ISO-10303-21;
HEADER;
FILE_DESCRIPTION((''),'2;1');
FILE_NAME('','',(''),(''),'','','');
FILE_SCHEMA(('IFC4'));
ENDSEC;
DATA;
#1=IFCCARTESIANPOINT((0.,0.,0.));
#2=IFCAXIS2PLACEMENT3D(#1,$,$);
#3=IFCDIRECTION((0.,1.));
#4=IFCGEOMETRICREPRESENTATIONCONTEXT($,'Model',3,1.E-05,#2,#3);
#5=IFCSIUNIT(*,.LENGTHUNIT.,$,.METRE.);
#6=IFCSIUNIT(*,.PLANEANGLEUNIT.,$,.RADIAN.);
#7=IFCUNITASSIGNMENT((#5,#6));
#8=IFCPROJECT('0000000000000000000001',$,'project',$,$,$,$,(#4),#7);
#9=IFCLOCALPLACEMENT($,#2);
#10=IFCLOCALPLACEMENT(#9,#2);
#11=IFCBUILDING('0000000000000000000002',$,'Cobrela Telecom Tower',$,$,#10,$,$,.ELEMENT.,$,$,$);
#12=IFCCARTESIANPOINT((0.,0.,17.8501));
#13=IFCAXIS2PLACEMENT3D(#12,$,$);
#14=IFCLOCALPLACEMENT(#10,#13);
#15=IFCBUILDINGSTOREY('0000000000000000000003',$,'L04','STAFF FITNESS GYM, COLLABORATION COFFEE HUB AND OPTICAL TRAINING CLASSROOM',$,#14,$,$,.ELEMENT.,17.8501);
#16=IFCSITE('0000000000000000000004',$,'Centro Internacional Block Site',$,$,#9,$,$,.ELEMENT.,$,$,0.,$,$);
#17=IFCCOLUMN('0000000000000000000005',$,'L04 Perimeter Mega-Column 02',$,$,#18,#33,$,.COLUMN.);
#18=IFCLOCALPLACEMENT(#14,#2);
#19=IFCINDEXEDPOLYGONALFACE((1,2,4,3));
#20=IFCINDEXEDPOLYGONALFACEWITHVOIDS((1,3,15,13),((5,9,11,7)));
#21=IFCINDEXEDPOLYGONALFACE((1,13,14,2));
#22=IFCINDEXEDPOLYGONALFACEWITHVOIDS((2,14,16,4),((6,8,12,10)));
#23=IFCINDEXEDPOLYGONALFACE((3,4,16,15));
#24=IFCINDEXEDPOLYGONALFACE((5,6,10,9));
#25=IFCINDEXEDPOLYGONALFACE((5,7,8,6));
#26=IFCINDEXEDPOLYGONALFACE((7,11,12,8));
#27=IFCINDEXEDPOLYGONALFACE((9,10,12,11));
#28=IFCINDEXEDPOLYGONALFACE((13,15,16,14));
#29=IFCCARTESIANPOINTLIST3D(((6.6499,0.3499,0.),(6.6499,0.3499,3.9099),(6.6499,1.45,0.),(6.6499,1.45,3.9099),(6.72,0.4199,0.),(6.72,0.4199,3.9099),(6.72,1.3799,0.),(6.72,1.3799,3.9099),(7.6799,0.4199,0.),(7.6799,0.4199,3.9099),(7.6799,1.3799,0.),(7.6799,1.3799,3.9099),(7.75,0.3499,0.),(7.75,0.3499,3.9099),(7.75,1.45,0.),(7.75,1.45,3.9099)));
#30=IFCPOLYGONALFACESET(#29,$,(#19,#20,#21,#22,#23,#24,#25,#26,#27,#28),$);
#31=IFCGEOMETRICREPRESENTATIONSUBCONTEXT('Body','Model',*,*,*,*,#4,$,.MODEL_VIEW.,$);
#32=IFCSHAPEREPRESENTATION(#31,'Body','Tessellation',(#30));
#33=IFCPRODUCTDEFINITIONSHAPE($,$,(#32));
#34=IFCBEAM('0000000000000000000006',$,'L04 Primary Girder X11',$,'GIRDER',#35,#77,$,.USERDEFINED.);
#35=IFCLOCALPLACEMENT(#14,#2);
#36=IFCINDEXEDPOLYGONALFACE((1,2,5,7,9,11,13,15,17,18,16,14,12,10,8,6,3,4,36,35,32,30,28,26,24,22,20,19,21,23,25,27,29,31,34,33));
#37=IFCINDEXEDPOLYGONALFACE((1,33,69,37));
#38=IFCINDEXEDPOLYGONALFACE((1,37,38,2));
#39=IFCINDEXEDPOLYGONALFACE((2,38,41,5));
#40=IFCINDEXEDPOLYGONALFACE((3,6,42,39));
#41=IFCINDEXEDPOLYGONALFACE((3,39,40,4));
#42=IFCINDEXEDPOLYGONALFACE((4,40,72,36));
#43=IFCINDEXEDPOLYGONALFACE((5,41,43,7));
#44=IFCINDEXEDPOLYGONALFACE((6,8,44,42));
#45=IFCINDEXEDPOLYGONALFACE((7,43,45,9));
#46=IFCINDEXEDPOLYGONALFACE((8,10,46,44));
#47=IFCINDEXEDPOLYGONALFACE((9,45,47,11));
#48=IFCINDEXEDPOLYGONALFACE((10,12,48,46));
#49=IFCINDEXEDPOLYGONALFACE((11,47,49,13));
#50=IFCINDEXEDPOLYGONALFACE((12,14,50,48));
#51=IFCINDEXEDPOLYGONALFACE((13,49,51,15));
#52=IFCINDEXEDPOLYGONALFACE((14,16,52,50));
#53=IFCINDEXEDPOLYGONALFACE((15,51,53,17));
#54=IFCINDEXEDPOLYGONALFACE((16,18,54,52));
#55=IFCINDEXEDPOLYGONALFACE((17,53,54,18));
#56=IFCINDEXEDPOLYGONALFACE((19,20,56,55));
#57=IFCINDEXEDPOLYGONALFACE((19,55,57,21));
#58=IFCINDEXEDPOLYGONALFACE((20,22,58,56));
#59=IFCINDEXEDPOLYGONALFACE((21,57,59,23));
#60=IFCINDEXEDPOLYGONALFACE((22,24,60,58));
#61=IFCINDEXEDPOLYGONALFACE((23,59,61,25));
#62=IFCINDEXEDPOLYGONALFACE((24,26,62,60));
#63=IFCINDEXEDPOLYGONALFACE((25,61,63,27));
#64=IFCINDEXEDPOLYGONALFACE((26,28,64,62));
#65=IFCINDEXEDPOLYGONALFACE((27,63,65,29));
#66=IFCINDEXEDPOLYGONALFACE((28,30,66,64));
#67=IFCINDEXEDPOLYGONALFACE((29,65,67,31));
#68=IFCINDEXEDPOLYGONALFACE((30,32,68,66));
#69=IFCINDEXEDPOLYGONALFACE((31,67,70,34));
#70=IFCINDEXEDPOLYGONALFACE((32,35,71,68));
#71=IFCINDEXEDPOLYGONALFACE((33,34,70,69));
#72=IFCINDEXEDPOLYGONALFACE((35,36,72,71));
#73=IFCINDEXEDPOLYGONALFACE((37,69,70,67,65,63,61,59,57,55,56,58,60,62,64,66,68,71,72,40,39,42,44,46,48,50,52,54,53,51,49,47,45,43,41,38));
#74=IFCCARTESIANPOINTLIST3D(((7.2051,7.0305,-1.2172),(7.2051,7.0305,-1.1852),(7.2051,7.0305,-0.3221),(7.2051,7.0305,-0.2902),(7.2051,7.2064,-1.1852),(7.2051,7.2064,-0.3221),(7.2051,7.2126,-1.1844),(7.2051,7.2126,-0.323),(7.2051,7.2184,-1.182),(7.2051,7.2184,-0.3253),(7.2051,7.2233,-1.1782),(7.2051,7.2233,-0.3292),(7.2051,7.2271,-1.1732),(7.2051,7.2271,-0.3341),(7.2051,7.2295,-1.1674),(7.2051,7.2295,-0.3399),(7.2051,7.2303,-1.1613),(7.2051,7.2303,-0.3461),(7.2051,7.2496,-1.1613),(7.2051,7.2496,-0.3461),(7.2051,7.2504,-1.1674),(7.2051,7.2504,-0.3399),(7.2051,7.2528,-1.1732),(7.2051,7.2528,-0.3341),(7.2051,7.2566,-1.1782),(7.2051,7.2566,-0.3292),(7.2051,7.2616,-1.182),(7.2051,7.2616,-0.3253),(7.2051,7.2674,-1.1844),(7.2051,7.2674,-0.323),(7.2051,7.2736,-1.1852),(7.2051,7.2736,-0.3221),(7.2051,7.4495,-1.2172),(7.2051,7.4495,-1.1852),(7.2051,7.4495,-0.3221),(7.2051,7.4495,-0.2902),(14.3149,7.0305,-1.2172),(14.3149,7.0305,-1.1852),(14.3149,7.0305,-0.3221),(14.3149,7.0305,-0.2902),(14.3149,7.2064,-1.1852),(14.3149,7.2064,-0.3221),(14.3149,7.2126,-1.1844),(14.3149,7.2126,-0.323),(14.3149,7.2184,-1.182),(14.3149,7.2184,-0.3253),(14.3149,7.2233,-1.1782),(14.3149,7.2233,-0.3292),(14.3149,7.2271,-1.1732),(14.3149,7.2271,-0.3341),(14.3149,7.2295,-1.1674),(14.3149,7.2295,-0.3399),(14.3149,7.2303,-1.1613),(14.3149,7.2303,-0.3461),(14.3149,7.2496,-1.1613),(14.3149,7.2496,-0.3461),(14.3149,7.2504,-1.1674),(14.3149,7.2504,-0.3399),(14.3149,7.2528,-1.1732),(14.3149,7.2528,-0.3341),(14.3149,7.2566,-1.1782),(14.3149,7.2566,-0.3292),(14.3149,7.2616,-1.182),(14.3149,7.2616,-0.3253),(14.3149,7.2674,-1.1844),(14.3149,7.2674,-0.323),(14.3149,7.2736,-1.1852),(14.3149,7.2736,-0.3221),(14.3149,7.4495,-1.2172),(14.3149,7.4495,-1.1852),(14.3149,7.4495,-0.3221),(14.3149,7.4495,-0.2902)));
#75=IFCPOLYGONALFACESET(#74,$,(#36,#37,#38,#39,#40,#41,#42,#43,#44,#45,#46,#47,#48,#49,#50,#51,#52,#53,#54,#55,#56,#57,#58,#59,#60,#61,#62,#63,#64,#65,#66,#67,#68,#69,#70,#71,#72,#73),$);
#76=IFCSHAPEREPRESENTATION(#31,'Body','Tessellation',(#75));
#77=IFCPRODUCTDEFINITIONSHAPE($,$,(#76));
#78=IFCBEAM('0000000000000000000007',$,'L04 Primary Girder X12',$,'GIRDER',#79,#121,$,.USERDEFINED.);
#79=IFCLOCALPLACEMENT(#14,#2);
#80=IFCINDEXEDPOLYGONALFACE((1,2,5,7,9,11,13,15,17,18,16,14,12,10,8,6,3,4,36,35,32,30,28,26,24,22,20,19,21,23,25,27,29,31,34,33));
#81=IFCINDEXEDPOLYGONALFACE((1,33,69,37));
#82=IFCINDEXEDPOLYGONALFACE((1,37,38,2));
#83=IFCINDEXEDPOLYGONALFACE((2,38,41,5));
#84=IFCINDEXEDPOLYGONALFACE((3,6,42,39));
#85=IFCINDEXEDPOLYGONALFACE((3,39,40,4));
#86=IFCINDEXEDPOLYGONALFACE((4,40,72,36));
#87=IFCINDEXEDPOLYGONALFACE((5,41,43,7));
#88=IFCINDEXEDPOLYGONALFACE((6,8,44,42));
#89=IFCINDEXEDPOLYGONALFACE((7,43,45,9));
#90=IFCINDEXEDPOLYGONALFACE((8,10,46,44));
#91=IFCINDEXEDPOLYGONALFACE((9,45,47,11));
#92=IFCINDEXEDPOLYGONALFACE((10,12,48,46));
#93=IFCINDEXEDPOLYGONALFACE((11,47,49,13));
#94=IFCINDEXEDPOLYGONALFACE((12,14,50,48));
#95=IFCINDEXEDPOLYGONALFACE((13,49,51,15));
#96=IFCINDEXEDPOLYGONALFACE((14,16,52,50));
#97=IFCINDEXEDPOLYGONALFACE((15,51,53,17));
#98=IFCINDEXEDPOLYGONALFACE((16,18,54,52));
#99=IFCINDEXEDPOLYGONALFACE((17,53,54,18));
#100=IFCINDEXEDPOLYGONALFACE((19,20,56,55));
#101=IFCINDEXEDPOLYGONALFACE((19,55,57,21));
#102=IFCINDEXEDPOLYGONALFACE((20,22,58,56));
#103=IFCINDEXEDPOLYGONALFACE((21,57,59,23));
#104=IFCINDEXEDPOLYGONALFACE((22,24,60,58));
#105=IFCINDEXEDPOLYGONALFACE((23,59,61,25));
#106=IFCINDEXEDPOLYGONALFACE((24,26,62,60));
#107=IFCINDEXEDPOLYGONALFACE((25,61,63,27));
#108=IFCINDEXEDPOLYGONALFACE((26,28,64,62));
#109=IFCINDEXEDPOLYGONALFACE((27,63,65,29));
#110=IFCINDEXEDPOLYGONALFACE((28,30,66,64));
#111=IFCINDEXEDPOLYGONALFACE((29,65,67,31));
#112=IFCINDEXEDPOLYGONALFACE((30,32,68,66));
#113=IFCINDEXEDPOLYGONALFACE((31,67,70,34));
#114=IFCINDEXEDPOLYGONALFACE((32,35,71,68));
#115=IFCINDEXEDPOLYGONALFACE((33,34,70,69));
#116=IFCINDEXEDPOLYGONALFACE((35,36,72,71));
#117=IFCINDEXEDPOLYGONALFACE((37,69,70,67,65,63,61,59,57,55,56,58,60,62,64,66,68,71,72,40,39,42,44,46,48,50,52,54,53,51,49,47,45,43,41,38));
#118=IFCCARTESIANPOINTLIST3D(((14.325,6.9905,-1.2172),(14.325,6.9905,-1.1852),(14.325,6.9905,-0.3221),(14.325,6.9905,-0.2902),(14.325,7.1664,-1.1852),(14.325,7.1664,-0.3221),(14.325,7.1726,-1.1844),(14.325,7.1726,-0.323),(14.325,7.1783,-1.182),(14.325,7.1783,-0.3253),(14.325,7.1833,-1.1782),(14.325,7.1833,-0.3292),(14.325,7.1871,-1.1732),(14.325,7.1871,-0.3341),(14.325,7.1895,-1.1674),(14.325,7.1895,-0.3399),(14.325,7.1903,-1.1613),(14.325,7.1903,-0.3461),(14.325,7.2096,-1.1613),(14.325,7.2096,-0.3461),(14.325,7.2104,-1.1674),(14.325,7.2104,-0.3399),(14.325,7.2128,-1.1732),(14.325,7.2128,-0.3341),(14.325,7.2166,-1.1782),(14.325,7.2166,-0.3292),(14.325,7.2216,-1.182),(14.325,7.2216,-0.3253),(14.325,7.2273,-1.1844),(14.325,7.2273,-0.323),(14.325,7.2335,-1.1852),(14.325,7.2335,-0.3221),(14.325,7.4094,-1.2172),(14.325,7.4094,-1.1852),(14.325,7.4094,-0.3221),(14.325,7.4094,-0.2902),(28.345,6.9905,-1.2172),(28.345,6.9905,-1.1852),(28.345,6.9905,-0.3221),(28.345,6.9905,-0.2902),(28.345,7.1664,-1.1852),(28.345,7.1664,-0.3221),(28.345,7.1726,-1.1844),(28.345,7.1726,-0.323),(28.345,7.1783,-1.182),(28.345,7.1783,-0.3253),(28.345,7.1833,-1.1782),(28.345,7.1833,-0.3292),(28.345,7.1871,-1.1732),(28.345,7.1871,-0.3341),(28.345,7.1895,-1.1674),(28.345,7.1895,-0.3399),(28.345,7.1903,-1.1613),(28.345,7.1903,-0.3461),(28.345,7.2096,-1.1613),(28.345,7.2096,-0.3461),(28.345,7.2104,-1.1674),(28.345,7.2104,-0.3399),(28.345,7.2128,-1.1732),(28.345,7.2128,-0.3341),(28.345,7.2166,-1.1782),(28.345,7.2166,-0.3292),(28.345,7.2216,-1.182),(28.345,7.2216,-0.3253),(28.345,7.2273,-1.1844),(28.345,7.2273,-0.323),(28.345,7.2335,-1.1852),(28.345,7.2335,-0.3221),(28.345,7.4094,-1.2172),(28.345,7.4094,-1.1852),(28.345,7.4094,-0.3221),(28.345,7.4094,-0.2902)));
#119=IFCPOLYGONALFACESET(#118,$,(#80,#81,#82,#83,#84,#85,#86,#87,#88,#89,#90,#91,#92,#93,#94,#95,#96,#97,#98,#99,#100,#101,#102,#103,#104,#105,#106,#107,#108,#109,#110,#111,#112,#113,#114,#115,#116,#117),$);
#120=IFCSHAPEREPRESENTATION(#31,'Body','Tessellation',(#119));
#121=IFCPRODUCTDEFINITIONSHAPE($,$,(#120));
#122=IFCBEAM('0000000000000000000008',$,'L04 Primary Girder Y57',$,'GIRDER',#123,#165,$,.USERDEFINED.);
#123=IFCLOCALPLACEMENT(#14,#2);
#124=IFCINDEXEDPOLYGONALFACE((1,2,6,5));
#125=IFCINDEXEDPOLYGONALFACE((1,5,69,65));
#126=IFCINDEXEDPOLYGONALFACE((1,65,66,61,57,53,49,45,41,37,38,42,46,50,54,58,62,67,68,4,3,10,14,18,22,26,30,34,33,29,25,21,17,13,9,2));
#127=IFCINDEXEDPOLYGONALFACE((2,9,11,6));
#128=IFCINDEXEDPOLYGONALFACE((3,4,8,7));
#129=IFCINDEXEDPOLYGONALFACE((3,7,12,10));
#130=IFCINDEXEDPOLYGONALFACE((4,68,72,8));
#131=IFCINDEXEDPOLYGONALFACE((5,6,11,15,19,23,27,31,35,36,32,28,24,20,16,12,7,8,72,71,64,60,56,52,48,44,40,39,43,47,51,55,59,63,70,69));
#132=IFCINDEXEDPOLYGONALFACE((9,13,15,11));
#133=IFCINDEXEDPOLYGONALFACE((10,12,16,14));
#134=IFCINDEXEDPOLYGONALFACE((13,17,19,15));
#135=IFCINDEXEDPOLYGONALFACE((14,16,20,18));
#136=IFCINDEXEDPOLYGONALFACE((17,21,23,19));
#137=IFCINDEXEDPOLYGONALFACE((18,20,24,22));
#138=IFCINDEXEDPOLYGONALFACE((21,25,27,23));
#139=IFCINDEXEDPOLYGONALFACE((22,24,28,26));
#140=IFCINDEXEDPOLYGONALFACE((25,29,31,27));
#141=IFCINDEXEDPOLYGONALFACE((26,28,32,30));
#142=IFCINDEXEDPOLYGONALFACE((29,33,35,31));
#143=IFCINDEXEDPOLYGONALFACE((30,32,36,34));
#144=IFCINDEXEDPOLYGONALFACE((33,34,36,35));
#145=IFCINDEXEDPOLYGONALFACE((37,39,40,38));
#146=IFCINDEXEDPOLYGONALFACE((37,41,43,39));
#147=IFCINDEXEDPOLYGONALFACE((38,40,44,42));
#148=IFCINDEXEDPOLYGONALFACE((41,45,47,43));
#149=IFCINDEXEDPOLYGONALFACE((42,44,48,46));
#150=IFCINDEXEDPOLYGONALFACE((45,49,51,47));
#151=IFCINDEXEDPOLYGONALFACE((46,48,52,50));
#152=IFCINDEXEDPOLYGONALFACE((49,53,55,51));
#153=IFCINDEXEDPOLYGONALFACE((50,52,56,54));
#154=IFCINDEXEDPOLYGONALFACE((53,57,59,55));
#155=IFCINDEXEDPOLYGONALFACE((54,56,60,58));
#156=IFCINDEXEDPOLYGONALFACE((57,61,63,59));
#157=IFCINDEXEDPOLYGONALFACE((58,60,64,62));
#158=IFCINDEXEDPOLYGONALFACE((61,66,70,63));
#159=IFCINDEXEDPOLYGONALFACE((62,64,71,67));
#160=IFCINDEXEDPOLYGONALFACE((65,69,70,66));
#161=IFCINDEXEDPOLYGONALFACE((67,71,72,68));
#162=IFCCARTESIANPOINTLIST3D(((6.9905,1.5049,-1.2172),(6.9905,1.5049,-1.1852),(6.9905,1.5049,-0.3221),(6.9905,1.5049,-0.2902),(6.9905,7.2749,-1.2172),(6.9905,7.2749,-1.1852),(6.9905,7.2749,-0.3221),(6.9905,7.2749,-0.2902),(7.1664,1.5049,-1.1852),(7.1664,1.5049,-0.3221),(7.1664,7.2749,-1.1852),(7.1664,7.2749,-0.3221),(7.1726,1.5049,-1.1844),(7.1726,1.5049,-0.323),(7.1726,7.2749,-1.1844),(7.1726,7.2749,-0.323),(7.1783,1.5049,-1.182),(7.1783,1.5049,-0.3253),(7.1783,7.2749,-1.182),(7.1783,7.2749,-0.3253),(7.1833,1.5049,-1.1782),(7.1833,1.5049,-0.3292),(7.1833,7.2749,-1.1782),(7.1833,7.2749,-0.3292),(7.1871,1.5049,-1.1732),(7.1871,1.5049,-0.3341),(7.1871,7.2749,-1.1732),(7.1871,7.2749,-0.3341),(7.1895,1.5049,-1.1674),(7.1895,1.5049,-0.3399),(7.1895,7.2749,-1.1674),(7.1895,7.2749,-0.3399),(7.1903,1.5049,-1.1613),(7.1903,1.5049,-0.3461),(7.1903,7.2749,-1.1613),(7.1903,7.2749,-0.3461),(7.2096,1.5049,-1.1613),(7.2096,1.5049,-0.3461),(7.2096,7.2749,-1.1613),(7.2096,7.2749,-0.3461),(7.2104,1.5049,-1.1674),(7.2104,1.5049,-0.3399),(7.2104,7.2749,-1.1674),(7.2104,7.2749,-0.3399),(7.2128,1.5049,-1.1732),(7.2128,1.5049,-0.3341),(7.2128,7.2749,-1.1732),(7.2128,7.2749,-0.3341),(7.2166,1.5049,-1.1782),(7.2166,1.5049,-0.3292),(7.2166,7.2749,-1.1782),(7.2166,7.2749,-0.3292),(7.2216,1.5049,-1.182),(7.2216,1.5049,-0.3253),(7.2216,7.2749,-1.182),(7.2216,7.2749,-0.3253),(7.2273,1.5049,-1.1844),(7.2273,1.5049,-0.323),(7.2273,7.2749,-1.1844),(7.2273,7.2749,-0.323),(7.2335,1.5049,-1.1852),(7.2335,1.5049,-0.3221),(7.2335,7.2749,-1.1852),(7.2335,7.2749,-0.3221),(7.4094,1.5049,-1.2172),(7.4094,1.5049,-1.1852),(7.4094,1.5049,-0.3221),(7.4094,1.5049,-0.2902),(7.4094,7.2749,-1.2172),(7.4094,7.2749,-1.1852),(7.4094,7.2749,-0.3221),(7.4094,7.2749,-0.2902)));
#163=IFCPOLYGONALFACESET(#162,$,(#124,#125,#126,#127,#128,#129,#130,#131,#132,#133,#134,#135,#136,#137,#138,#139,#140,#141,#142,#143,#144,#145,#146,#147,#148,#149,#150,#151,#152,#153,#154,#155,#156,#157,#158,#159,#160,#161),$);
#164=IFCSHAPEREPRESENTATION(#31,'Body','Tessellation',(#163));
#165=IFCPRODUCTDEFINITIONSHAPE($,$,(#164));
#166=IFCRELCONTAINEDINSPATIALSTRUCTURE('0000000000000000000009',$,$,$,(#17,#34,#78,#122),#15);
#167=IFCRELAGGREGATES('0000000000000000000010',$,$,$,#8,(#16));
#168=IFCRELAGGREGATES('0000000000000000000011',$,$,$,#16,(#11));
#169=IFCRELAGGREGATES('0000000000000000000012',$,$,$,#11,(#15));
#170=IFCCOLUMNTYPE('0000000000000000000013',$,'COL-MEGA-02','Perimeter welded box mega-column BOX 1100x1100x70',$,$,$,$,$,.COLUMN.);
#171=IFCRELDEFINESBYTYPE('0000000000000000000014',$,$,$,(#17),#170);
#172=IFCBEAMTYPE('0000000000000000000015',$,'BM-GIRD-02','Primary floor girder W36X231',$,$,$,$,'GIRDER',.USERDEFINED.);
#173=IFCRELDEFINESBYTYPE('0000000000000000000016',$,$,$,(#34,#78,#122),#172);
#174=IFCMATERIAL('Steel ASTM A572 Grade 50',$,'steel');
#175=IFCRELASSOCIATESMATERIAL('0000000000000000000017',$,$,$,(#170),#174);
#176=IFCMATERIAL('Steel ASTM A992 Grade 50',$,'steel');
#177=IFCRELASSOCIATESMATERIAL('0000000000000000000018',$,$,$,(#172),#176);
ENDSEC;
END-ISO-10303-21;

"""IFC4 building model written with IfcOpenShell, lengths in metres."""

from ifc_helpers import new_model, si_unit, direction, frame, origin, origin_2d, place, context, subcontext, project, spatial, hollow_rectangle, i_section, extrude, material, material_profile, profile_set, type_object, element, save


model = new_model("IFC4")

# Units and contexts
model_context = context("Model", 3, precision=1e-05, world=origin(), true_north=direction((0.0, 1.0)))
body_context = subcontext(model_context, "Body", "Model", "MODEL_VIEW")
ifc_project = project(units=[si_unit("LENGTHUNIT", "METRE"), si_unit("PLANEANGLEUNIT", "RADIAN")], contexts=[model_context])

# Site, building, storey
site_placement = place(None, origin())
site = spatial("IfcSite", under=ifc_project, at=site_placement, Name="Centro Internacional Block Site", CompositionType="ELEMENT", RefElevation=0.0)
building_placement = place(site_placement, origin())
building = spatial("IfcBuilding", under=site, at=building_placement, Name="Cobrela Telecom Tower", CompositionType="ELEMENT")
storey_placement = place(building_placement, frame((0.0, 0.0, 17.8501)))
storey = spatial("IfcBuildingStorey", under=building, at=storey_placement, Name="L04", Description="STAFF FITNESS GYM, COLLABORATION COFFEE HUB AND OPTICAL TRAINING CLASSROOM", CompositionType="ELEMENT", Elevation=17.8501)

# Column
ifc_material_1 = material(Name="Steel ASTM A572 Grade 50", Category="steel")
ifc_material_profile_1 = material_profile(ifc_material_1, hollow_rectangle(XDim=1.1001, YDim=1.1001, WallThickness=0.0701, at=origin_2d()), Name="BOX 1100x1100x70")
ifc_profile_set_1 = profile_set([ifc_material_profile_1], Name="Steel ASTM A572 Grade 50")
column_type = type_object("IfcColumnType", Name="COL-MEGA-02", Description="Perimeter welded box mega-column BOX 1100x1100x70", PredefinedType="COLUMN", material=ifc_profile_set_1)
column_placement = place(storey_placement, frame((7.2, 0.8999, 0.0), z_axis=(0.0, 0.0, 1.0), x_axis=(1.0, 0.0, 0.0)))
element("IfcColumn", 1, at=column_placement, inside=storey, type_object=column_type, Name="L04 Perimeter Mega-Column 02", PredefinedType="COLUMN", context=body_context, shape_type="SweptSolid", body=[
    extrude(hollow_rectangle(XDim=1.1001, YDim=1.1001, WallThickness=0.0701, at=origin_2d()), origin(), (0.0, 0.0, 1.0), 3.9099),
])

# Beams
ifc_material_2 = material(Name="Steel ASTM A992 Grade 50", Category="steel")
ifc_material_profile_2 = material_profile(ifc_material_2, i_section(OverallWidth=0.4189, OverallDepth=0.927, WebThickness=0.0193, FlangeThickness=0.032, FilletRadius=0.0239, at=origin_2d()), Name="W36X231")
ifc_profile_set_2 = profile_set([ifc_material_profile_2], Name="Steel ASTM A992 Grade 50")
beam_type_1 = type_object("IfcBeamType", Name="BM-GIRD-02", Description="Primary floor girder W36X231", ElementType="GIRDER", PredefinedType="USERDEFINED", material=ifc_profile_set_2)
beam_1_placement = place(storey_placement, frame((7.2051, 7.24, -0.7537), z_axis=(1.0, 0.0, 0.0), x_axis=(0.0, 1.0, 0.0)))
element("IfcBeam", 2, at=beam_1_placement, inside=storey, type_object=beam_type_1, Name="L04 Primary Girder X11", ObjectType="GIRDER", PredefinedType="USERDEFINED", context=body_context, shape_type="SweptSolid", body=[
    extrude(i_section(OverallWidth=0.4189, OverallDepth=0.927, WebThickness=0.0193, FlangeThickness=0.032, FilletRadius=0.0239, at=origin_2d()), origin(), (0.0, 0.0, 1.0), 7.1099),
])
beam_2_placement = place(storey_placement, frame((14.325, 7.2, -0.7537), z_axis=(1.0, 0.0, 0.0), x_axis=(0.0, 1.0, 0.0)))
element("IfcBeam", 3, at=beam_2_placement, inside=storey, type_object=beam_type_1, Name="L04 Primary Girder X12", ObjectType="GIRDER", PredefinedType="USERDEFINED", context=body_context, shape_type="SweptSolid", body=[
    extrude(i_section(OverallWidth=0.4189, OverallDepth=0.927, WebThickness=0.0193, FlangeThickness=0.032, FilletRadius=0.0239, at=origin_2d()), origin(), (0.0, 0.0, 1.0), 14.02),
])
beam_3_placement = place(storey_placement, frame((7.2, 1.5049, -0.7537), z_axis=(0.0, 1.0, 0.0), x_axis=(-1.0, 0.0, 0.0)))
element("IfcBeam", 4, at=beam_3_placement, inside=storey, type_object=beam_type_1, Name="L04 Primary Girder Y57", ObjectType="GIRDER", PredefinedType="USERDEFINED", context=body_context, shape_type="SweptSolid", body=[
    extrude(i_section(OverallWidth=0.4189, OverallDepth=0.927, WebThickness=0.0193, FlangeThickness=0.032, FilletRadius=0.0239, at=origin_2d()), origin(), (0.0, 0.0, 1.0), 5.77),
])

save(model, "model.ifc")
